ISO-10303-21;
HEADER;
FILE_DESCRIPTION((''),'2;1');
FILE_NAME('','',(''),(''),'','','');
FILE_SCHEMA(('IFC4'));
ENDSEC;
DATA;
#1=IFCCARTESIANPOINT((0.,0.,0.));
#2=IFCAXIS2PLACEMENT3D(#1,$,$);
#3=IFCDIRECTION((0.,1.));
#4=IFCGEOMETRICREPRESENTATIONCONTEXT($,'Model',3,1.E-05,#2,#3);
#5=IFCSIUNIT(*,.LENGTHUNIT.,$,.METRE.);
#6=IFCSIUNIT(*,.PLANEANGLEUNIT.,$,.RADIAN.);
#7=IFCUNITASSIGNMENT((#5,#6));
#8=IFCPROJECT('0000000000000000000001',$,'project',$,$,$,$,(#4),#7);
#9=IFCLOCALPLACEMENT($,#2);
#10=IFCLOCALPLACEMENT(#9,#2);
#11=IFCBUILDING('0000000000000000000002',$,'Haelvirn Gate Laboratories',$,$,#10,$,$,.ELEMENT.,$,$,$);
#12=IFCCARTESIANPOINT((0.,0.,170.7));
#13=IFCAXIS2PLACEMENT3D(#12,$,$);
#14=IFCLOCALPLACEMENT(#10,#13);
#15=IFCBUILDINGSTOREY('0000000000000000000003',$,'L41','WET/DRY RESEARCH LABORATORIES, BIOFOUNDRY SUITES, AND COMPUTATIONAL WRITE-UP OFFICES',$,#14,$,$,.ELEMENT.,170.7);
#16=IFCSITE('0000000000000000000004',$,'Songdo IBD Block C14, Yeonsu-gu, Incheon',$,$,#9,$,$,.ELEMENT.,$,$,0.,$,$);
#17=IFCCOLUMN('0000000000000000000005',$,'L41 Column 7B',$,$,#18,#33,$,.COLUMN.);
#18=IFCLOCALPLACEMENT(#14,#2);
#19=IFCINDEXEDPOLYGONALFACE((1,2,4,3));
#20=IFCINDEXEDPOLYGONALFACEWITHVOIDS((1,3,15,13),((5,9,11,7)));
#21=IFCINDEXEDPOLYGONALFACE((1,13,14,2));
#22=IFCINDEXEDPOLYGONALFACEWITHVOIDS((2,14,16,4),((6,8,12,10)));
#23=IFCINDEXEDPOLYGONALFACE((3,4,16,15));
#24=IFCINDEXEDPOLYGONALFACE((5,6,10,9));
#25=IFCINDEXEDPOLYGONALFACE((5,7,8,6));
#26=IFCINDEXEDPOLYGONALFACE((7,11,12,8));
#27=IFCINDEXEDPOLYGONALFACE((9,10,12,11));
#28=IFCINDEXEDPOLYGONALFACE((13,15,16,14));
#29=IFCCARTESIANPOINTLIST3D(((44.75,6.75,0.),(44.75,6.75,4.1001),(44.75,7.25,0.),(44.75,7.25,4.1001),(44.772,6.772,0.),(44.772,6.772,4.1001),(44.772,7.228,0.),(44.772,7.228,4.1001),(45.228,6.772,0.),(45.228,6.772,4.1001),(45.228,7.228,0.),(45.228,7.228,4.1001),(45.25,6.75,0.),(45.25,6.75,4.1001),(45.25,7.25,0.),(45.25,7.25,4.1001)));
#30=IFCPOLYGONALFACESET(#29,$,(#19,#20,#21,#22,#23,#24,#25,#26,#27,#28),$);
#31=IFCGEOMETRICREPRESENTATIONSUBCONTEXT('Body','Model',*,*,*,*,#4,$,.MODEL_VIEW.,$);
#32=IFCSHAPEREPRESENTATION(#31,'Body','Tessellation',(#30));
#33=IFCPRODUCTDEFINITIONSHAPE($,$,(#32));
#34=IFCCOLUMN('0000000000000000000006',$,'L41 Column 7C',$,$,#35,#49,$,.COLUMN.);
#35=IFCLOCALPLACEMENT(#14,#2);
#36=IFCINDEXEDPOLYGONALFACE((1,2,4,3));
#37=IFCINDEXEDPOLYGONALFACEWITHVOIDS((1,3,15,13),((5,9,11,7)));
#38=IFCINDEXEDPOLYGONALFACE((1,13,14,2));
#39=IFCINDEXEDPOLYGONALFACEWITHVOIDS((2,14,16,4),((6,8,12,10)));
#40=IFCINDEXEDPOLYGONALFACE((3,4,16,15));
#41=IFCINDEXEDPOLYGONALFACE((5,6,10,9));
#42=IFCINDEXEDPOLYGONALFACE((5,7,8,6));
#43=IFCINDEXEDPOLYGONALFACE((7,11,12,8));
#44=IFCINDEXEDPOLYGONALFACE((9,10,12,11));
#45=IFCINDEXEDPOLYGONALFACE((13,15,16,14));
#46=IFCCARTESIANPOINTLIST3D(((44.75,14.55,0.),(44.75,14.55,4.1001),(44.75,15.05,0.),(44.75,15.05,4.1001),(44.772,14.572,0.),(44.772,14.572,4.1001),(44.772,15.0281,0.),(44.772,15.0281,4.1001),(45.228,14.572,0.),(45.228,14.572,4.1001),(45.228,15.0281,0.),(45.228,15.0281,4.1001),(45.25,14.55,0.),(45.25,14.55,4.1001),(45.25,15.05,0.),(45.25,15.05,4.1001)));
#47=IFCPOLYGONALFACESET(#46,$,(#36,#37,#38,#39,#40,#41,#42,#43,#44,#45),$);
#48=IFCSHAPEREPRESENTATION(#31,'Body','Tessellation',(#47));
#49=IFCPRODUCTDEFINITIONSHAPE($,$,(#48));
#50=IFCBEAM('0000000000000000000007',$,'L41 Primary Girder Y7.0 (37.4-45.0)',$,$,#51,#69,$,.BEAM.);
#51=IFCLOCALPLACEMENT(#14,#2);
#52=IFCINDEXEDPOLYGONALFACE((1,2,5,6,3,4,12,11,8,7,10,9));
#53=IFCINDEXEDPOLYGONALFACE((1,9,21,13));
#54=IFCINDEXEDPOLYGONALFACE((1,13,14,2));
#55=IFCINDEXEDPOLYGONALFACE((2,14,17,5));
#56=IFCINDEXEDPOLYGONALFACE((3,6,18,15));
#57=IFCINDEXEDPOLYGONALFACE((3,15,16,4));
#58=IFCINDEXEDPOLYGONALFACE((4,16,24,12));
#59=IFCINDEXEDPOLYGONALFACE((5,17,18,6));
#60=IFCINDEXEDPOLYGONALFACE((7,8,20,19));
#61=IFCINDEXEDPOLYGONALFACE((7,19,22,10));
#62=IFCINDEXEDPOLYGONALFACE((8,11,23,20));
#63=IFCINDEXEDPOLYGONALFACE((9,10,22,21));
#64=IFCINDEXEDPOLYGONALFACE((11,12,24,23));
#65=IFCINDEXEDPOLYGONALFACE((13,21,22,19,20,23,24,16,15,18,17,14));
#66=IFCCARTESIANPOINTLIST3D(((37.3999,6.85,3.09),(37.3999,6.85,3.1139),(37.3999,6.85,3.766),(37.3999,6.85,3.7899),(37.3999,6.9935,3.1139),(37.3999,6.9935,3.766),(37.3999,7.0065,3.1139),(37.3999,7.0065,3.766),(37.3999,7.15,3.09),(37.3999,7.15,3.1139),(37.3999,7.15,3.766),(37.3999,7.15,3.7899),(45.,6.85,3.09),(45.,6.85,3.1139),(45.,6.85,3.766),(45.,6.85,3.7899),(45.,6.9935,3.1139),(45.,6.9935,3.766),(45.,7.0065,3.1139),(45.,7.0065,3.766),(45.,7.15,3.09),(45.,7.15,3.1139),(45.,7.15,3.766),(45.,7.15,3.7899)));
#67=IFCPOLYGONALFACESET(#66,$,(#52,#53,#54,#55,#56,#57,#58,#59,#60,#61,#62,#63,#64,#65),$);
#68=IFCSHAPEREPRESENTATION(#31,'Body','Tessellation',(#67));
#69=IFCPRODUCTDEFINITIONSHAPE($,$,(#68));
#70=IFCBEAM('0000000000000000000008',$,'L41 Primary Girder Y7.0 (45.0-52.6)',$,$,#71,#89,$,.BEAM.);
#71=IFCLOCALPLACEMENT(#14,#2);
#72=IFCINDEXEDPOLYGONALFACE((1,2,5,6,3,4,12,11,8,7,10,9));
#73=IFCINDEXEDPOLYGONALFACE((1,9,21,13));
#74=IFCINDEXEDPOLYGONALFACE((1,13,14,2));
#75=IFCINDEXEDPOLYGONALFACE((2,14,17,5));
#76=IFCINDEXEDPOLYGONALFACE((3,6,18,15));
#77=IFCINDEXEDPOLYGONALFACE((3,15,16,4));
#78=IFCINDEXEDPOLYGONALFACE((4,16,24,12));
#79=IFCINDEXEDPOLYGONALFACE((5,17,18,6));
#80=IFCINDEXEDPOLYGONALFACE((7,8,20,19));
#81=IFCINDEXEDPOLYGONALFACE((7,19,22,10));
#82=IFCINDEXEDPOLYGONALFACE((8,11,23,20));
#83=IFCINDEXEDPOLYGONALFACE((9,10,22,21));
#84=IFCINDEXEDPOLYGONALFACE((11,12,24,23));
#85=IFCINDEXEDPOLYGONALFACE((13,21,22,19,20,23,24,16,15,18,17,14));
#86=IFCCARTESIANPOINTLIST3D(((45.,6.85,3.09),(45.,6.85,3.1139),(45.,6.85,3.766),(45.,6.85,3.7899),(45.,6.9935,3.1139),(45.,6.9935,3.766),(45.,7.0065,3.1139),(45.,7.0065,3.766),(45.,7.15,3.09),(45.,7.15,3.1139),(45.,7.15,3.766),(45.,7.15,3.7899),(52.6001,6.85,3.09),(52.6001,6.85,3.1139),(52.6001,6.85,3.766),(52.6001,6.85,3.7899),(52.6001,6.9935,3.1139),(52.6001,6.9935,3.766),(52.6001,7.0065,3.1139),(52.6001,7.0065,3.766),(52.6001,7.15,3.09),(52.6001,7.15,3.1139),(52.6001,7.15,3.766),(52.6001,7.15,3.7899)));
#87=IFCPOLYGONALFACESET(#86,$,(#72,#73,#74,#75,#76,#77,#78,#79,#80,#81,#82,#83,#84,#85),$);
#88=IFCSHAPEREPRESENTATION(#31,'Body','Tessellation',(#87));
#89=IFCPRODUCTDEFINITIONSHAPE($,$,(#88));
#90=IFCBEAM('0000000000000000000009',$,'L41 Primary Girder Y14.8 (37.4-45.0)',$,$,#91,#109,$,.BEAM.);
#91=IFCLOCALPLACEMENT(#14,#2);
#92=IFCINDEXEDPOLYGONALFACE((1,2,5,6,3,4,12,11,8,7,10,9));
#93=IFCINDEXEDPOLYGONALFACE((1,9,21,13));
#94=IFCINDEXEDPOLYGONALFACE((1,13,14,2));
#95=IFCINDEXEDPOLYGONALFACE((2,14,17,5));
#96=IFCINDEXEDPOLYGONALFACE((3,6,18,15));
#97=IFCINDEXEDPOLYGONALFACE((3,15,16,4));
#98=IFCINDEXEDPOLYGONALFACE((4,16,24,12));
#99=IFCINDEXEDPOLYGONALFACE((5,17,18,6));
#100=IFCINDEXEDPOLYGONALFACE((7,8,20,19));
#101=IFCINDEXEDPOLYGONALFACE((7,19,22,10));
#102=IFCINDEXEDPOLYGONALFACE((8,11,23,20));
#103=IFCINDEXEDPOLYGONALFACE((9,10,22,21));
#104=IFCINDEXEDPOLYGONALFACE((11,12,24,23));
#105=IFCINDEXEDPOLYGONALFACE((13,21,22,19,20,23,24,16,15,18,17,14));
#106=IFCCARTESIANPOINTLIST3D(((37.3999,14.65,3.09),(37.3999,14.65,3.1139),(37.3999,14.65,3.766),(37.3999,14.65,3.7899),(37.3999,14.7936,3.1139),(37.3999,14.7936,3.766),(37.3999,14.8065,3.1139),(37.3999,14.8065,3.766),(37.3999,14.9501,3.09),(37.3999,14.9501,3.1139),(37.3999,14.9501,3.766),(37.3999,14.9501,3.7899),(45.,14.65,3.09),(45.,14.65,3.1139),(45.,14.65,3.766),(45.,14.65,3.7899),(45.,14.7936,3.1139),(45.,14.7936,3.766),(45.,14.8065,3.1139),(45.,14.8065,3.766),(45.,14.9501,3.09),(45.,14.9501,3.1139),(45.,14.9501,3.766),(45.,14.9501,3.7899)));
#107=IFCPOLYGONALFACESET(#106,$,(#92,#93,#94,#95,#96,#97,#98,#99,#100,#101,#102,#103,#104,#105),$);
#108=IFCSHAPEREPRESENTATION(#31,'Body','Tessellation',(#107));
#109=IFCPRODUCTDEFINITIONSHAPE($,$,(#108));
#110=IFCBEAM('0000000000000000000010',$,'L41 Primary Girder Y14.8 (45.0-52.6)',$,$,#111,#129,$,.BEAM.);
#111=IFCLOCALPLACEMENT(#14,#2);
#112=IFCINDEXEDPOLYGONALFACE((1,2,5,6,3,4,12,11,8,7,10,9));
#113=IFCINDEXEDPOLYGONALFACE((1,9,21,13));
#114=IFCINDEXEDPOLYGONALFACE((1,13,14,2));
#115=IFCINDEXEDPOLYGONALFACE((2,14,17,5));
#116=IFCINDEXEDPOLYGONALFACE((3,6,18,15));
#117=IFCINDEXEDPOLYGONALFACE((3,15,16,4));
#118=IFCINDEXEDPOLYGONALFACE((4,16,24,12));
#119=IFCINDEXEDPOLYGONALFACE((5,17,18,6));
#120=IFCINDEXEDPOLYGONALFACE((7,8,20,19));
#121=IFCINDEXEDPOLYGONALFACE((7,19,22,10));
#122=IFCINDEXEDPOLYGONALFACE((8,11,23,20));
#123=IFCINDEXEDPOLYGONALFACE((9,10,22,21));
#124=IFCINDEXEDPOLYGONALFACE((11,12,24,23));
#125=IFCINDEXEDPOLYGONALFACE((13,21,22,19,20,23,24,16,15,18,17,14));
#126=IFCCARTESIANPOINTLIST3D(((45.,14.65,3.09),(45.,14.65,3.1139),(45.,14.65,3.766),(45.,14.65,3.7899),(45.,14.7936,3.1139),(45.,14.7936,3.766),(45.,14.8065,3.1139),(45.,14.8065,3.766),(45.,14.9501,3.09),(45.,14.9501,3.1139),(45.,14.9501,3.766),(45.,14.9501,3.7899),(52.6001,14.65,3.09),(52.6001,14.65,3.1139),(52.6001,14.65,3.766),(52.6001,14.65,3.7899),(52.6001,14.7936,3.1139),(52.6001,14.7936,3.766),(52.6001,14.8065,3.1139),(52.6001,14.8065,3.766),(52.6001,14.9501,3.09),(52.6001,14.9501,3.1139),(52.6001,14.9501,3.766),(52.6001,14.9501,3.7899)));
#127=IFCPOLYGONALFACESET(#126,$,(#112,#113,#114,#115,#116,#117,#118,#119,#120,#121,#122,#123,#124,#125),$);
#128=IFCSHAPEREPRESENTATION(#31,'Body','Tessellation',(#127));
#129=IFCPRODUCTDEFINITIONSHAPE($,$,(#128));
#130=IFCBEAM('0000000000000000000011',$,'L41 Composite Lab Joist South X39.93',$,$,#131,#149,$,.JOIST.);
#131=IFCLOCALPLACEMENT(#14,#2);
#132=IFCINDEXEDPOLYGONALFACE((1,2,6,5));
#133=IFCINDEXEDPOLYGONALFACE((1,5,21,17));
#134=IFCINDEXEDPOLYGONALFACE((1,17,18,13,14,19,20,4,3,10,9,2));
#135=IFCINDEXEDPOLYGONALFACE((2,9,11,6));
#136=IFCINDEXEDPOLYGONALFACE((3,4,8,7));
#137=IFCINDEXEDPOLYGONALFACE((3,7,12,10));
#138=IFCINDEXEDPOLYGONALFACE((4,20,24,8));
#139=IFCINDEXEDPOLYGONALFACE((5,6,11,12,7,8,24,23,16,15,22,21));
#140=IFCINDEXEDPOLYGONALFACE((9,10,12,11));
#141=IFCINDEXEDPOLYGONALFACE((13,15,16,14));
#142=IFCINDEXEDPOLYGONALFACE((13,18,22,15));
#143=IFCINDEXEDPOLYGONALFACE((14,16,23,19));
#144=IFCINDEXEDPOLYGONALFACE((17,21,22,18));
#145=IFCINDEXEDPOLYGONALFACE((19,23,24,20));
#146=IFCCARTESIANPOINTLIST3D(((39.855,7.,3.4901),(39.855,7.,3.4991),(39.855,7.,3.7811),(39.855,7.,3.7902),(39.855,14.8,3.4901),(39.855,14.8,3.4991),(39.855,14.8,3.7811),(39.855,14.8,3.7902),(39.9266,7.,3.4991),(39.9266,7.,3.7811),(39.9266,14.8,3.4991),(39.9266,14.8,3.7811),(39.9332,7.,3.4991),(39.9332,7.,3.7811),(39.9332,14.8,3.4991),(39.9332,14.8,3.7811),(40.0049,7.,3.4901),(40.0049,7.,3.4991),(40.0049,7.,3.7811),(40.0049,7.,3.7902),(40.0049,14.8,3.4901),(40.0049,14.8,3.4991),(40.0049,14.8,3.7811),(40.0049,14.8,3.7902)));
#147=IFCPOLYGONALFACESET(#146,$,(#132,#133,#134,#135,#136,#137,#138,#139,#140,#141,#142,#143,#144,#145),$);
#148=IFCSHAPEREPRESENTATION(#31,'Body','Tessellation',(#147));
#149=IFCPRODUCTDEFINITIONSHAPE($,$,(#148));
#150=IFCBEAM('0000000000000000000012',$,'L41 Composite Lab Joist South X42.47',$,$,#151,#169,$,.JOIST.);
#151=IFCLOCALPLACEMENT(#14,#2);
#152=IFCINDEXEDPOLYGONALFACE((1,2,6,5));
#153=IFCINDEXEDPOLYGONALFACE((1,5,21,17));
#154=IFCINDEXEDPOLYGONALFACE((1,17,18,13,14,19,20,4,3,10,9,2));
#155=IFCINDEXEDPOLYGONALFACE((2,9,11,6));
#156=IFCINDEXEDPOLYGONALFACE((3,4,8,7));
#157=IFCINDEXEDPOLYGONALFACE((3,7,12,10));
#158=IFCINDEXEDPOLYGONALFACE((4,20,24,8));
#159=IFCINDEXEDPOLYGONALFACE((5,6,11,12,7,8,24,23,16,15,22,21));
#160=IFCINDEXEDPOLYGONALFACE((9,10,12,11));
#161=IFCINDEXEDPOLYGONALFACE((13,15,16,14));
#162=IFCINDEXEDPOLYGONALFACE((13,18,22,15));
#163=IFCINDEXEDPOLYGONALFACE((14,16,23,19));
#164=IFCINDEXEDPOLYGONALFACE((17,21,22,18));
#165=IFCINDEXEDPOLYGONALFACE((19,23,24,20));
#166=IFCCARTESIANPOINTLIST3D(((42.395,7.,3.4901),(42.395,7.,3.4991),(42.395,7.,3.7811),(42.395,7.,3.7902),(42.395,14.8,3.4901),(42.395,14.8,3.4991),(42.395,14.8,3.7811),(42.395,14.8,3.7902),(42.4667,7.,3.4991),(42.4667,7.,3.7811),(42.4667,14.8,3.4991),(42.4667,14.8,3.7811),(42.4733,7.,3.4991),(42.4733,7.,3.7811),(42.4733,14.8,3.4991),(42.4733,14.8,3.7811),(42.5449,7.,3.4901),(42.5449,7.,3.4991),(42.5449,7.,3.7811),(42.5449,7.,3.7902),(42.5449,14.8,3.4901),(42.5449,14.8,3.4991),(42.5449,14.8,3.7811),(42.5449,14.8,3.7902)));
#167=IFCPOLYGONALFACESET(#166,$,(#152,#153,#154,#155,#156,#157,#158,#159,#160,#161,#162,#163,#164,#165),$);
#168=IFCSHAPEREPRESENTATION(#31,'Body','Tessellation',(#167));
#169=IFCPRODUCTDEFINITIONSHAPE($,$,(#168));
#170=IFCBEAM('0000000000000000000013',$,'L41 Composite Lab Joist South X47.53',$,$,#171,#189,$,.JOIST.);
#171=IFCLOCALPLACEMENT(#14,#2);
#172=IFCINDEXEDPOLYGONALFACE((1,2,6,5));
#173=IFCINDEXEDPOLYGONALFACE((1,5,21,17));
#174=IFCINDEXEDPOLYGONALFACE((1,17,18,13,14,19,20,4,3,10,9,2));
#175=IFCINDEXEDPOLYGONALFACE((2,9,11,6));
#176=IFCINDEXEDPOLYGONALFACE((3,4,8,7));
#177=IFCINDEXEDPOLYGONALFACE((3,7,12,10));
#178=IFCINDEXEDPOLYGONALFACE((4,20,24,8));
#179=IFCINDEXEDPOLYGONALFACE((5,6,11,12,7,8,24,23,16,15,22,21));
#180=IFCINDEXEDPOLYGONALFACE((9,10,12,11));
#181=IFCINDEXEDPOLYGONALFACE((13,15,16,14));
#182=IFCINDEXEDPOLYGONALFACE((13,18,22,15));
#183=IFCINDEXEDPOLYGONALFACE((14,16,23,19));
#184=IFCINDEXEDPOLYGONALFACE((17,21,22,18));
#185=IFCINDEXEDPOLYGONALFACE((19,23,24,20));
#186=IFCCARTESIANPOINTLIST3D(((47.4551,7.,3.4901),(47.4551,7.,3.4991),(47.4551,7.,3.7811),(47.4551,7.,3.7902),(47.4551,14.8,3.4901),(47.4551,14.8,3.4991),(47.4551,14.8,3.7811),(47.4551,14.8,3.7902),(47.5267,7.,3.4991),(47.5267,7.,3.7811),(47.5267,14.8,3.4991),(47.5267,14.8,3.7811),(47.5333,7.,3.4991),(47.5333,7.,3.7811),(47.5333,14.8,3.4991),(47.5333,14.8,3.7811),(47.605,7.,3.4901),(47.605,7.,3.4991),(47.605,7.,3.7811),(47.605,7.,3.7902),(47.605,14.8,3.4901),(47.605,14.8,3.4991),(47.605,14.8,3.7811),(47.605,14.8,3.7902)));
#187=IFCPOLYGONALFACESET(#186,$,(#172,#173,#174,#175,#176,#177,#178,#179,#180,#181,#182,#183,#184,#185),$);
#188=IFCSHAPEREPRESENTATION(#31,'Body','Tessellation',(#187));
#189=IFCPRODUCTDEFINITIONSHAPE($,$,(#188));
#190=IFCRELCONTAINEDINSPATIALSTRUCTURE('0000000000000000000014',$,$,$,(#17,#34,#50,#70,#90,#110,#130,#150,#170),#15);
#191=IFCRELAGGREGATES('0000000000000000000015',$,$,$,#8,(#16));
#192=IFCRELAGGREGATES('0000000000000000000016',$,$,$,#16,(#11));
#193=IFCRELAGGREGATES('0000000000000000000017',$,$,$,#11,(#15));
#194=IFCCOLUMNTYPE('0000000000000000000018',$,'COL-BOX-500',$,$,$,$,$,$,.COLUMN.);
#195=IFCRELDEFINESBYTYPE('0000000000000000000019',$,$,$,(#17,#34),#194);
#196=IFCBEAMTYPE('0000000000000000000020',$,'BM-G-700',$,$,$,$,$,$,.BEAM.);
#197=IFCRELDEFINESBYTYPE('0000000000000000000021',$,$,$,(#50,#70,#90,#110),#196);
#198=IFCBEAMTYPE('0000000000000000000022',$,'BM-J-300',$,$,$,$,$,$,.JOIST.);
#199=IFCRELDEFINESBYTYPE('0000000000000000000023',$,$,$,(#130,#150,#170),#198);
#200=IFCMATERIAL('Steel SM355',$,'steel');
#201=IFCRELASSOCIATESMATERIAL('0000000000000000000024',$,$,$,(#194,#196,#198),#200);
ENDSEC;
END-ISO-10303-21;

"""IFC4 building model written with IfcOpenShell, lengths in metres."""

from ifc_helpers import new_model, si_unit, direction, frame, origin, origin_2d, place, context, subcontext, project, spatial, hollow_rectangle, i_section, extrude, source, transform, mapped, material, material_profile, profile_set, type_object, type_shapes, element, save


model = new_model("IFC4")

# Units and contexts
model_context = context("Model", 3, precision=1e-05, world=origin(), true_north=direction((0.0, 1.0)))
body_context = subcontext(model_context, "Body", "Model", "MODEL_VIEW")
ifc_project = project(units=[si_unit("LENGTHUNIT", "METRE"), si_unit("PLANEANGLEUNIT", "RADIAN")], contexts=[model_context])

# Site, building, storey
site_placement = place(None, origin())
site = spatial("IfcSite", under=ifc_project, at=site_placement, Name="Songdo IBD Block C14, Yeonsu-gu, Incheon", CompositionType="ELEMENT", RefElevation=0.0)
building_placement = place(site_placement, origin())
building = spatial("IfcBuilding", under=site, at=building_placement, Name="Haelvirn Gate Laboratories", CompositionType="ELEMENT")
storey_placement = place(building_placement, frame((0.0, 0.0, 170.7)))
storey = spatial("IfcBuildingStorey", under=building, at=storey_placement, Name="L41", Description="WET/DRY RESEARCH LABORATORIES, BIOFOUNDRY SUITES, AND COMPUTATIONAL WRITE-UP OFFICES", CompositionType="ELEMENT", Elevation=170.7)

# Columns
ifc_material_1 = material(Name="Steel SM355", Category="steel")
ifc_material_profile_1 = material_profile(ifc_material_1, hollow_rectangle(XDim=0.5, YDim=0.5, WallThickness=0.022, at=origin_2d()), Name="BOX-500x500x22")
ifc_profile_set_1 = profile_set([ifc_material_profile_1], Name="Steel SM355")
column_type = type_object("IfcColumnType", Name="COL-BOX-500", PredefinedType="COLUMN", material=ifc_profile_set_1)
shared_shape_1 = source(origin(), body_context, "Body", "SweptSolid", [
    extrude(hollow_rectangle(XDim=0.5, YDim=0.5, WallThickness=0.022, at=origin_2d()), origin(), (0.0, 0.0, 1.0), 4.1001),
])
type_shapes(column_type, [shared_shape_1])
for number, where, z_axis, x_axis, name in (
    (1, (45.0, 7.0, 0.0), (0.0, 0.0, 1.0), (1.0, 0.0, 0.0), "L41 Column 7B"),
    (2, (45.0, 14.8, 0.0), (0.0, 0.0, 1.0), (1.0, 0.0, 0.0), "L41 Column 7C"),
):
    element("IfcColumn", number, at=place(storey_placement, frame(where, z_axis=z_axis, x_axis=x_axis)), inside=storey, type_object=column_type, Name=name, PredefinedType="COLUMN", context=body_context, shape_type="MappedRepresentation", body=[
        mapped(shared_shape_1, transform((0.0, 0.0, 0.0), scale=1.0)),
    ])

# Beams
ifc_material_profile_2 = material_profile(ifc_material_1, i_section(OverallWidth=0.3, OverallDepth=0.7, WebThickness=0.0129, FlangeThickness=0.0239, at=origin_2d()), Name="H-700x300x13x24")
ifc_profile_set_2 = profile_set([ifc_material_profile_2], Name="Steel SM355")
beam_type_1 = type_object("IfcBeamType", Name="BM-G-700", PredefinedType="BEAM", material=ifc_profile_set_2)
shared_shape_2 = source(origin(), body_context, "Body", "SweptSolid", [
    extrude(i_section(OverallWidth=0.3, OverallDepth=0.7, WebThickness=0.0129, FlangeThickness=0.0239, at=origin_2d()), origin(), (0.0, 0.0, 1.0), 7.6001),
])
type_shapes(beam_type_1, [shared_shape_2])
for number, where, z_axis, x_axis, name in (
    (3, (37.3999, 7.0, 3.4399), (1.0, 0.0, 0.0), (0.0, 1.0, 0.0), "L41 Primary Girder Y7.0 (37.4-45.0)"),
    (4, (45.0, 7.0, 3.4399), (1.0, 0.0, 0.0), (0.0, 1.0, 0.0), "L41 Primary Girder Y7.0 (45.0-52.6)"),
    (5, (37.3999, 14.8, 3.4399), (1.0, 0.0, 0.0), (0.0, 1.0, 0.0), "L41 Primary Girder Y14.8 (37.4-45.0)"),
    (6, (45.0, 14.8, 3.4399), (1.0, 0.0, 0.0), (0.0, 1.0, 0.0), "L41 Primary Girder Y14.8 (45.0-52.6)"),
):
    element("IfcBeam", number, at=place(storey_placement, frame(where, z_axis=z_axis, x_axis=x_axis)), inside=storey, type_object=beam_type_1, Name=name, PredefinedType="BEAM", context=body_context, shape_type="MappedRepresentation", body=[
        mapped(shared_shape_2, transform((0.0, 0.0, 0.0), scale=1.0)),
    ])
ifc_material_profile_3 = material_profile(ifc_material_1, i_section(OverallWidth=0.1499, OverallDepth=0.3, WebThickness=0.0066, FlangeThickness=0.009, at=origin_2d()), Name="H-300x150x6.5x9")
ifc_profile_set_3 = profile_set([ifc_material_profile_3], Name="Steel SM355")
beam_type_2 = type_object("IfcBeamType", Name="BM-J-300", PredefinedType="JOIST", material=ifc_profile_set_3)
shared_shape_3 = source(origin(), body_context, "Body", "SweptSolid", [
    extrude(i_section(OverallWidth=0.1499, OverallDepth=0.3, WebThickness=0.0066, FlangeThickness=0.009, at=origin_2d()), origin(), (0.0, 0.0, 1.0), 7.8),
])
type_shapes(beam_type_2, [shared_shape_3])
for number, where, z_axis, x_axis, name in (
    (7, (39.9299, 7.0, 3.6401), (0.0, 1.0, 0.0), (-1.0, 0.0, 0.0), "L41 Composite Lab Joist South X39.93"),
    (8, (42.47, 7.0, 3.6401), (0.0, 1.0, 0.0), (-1.0, 0.0, 0.0), "L41 Composite Lab Joist South X42.47"),
    (9, (47.53, 7.0, 3.6401), (0.0, 1.0, 0.0), (-1.0, 0.0, 0.0), "L41 Composite Lab Joist South X47.53"),
):
    element("IfcBeam", number, at=place(storey_placement, frame(where, z_axis=z_axis, x_axis=x_axis)), inside=storey, type_object=beam_type_2, Name=name, PredefinedType="JOIST", context=body_context, shape_type="MappedRepresentation", body=[
        mapped(shared_shape_3, transform((0.0, 0.0, 0.0), scale=1.0)),
    ])

save(model, "model.ifc")
